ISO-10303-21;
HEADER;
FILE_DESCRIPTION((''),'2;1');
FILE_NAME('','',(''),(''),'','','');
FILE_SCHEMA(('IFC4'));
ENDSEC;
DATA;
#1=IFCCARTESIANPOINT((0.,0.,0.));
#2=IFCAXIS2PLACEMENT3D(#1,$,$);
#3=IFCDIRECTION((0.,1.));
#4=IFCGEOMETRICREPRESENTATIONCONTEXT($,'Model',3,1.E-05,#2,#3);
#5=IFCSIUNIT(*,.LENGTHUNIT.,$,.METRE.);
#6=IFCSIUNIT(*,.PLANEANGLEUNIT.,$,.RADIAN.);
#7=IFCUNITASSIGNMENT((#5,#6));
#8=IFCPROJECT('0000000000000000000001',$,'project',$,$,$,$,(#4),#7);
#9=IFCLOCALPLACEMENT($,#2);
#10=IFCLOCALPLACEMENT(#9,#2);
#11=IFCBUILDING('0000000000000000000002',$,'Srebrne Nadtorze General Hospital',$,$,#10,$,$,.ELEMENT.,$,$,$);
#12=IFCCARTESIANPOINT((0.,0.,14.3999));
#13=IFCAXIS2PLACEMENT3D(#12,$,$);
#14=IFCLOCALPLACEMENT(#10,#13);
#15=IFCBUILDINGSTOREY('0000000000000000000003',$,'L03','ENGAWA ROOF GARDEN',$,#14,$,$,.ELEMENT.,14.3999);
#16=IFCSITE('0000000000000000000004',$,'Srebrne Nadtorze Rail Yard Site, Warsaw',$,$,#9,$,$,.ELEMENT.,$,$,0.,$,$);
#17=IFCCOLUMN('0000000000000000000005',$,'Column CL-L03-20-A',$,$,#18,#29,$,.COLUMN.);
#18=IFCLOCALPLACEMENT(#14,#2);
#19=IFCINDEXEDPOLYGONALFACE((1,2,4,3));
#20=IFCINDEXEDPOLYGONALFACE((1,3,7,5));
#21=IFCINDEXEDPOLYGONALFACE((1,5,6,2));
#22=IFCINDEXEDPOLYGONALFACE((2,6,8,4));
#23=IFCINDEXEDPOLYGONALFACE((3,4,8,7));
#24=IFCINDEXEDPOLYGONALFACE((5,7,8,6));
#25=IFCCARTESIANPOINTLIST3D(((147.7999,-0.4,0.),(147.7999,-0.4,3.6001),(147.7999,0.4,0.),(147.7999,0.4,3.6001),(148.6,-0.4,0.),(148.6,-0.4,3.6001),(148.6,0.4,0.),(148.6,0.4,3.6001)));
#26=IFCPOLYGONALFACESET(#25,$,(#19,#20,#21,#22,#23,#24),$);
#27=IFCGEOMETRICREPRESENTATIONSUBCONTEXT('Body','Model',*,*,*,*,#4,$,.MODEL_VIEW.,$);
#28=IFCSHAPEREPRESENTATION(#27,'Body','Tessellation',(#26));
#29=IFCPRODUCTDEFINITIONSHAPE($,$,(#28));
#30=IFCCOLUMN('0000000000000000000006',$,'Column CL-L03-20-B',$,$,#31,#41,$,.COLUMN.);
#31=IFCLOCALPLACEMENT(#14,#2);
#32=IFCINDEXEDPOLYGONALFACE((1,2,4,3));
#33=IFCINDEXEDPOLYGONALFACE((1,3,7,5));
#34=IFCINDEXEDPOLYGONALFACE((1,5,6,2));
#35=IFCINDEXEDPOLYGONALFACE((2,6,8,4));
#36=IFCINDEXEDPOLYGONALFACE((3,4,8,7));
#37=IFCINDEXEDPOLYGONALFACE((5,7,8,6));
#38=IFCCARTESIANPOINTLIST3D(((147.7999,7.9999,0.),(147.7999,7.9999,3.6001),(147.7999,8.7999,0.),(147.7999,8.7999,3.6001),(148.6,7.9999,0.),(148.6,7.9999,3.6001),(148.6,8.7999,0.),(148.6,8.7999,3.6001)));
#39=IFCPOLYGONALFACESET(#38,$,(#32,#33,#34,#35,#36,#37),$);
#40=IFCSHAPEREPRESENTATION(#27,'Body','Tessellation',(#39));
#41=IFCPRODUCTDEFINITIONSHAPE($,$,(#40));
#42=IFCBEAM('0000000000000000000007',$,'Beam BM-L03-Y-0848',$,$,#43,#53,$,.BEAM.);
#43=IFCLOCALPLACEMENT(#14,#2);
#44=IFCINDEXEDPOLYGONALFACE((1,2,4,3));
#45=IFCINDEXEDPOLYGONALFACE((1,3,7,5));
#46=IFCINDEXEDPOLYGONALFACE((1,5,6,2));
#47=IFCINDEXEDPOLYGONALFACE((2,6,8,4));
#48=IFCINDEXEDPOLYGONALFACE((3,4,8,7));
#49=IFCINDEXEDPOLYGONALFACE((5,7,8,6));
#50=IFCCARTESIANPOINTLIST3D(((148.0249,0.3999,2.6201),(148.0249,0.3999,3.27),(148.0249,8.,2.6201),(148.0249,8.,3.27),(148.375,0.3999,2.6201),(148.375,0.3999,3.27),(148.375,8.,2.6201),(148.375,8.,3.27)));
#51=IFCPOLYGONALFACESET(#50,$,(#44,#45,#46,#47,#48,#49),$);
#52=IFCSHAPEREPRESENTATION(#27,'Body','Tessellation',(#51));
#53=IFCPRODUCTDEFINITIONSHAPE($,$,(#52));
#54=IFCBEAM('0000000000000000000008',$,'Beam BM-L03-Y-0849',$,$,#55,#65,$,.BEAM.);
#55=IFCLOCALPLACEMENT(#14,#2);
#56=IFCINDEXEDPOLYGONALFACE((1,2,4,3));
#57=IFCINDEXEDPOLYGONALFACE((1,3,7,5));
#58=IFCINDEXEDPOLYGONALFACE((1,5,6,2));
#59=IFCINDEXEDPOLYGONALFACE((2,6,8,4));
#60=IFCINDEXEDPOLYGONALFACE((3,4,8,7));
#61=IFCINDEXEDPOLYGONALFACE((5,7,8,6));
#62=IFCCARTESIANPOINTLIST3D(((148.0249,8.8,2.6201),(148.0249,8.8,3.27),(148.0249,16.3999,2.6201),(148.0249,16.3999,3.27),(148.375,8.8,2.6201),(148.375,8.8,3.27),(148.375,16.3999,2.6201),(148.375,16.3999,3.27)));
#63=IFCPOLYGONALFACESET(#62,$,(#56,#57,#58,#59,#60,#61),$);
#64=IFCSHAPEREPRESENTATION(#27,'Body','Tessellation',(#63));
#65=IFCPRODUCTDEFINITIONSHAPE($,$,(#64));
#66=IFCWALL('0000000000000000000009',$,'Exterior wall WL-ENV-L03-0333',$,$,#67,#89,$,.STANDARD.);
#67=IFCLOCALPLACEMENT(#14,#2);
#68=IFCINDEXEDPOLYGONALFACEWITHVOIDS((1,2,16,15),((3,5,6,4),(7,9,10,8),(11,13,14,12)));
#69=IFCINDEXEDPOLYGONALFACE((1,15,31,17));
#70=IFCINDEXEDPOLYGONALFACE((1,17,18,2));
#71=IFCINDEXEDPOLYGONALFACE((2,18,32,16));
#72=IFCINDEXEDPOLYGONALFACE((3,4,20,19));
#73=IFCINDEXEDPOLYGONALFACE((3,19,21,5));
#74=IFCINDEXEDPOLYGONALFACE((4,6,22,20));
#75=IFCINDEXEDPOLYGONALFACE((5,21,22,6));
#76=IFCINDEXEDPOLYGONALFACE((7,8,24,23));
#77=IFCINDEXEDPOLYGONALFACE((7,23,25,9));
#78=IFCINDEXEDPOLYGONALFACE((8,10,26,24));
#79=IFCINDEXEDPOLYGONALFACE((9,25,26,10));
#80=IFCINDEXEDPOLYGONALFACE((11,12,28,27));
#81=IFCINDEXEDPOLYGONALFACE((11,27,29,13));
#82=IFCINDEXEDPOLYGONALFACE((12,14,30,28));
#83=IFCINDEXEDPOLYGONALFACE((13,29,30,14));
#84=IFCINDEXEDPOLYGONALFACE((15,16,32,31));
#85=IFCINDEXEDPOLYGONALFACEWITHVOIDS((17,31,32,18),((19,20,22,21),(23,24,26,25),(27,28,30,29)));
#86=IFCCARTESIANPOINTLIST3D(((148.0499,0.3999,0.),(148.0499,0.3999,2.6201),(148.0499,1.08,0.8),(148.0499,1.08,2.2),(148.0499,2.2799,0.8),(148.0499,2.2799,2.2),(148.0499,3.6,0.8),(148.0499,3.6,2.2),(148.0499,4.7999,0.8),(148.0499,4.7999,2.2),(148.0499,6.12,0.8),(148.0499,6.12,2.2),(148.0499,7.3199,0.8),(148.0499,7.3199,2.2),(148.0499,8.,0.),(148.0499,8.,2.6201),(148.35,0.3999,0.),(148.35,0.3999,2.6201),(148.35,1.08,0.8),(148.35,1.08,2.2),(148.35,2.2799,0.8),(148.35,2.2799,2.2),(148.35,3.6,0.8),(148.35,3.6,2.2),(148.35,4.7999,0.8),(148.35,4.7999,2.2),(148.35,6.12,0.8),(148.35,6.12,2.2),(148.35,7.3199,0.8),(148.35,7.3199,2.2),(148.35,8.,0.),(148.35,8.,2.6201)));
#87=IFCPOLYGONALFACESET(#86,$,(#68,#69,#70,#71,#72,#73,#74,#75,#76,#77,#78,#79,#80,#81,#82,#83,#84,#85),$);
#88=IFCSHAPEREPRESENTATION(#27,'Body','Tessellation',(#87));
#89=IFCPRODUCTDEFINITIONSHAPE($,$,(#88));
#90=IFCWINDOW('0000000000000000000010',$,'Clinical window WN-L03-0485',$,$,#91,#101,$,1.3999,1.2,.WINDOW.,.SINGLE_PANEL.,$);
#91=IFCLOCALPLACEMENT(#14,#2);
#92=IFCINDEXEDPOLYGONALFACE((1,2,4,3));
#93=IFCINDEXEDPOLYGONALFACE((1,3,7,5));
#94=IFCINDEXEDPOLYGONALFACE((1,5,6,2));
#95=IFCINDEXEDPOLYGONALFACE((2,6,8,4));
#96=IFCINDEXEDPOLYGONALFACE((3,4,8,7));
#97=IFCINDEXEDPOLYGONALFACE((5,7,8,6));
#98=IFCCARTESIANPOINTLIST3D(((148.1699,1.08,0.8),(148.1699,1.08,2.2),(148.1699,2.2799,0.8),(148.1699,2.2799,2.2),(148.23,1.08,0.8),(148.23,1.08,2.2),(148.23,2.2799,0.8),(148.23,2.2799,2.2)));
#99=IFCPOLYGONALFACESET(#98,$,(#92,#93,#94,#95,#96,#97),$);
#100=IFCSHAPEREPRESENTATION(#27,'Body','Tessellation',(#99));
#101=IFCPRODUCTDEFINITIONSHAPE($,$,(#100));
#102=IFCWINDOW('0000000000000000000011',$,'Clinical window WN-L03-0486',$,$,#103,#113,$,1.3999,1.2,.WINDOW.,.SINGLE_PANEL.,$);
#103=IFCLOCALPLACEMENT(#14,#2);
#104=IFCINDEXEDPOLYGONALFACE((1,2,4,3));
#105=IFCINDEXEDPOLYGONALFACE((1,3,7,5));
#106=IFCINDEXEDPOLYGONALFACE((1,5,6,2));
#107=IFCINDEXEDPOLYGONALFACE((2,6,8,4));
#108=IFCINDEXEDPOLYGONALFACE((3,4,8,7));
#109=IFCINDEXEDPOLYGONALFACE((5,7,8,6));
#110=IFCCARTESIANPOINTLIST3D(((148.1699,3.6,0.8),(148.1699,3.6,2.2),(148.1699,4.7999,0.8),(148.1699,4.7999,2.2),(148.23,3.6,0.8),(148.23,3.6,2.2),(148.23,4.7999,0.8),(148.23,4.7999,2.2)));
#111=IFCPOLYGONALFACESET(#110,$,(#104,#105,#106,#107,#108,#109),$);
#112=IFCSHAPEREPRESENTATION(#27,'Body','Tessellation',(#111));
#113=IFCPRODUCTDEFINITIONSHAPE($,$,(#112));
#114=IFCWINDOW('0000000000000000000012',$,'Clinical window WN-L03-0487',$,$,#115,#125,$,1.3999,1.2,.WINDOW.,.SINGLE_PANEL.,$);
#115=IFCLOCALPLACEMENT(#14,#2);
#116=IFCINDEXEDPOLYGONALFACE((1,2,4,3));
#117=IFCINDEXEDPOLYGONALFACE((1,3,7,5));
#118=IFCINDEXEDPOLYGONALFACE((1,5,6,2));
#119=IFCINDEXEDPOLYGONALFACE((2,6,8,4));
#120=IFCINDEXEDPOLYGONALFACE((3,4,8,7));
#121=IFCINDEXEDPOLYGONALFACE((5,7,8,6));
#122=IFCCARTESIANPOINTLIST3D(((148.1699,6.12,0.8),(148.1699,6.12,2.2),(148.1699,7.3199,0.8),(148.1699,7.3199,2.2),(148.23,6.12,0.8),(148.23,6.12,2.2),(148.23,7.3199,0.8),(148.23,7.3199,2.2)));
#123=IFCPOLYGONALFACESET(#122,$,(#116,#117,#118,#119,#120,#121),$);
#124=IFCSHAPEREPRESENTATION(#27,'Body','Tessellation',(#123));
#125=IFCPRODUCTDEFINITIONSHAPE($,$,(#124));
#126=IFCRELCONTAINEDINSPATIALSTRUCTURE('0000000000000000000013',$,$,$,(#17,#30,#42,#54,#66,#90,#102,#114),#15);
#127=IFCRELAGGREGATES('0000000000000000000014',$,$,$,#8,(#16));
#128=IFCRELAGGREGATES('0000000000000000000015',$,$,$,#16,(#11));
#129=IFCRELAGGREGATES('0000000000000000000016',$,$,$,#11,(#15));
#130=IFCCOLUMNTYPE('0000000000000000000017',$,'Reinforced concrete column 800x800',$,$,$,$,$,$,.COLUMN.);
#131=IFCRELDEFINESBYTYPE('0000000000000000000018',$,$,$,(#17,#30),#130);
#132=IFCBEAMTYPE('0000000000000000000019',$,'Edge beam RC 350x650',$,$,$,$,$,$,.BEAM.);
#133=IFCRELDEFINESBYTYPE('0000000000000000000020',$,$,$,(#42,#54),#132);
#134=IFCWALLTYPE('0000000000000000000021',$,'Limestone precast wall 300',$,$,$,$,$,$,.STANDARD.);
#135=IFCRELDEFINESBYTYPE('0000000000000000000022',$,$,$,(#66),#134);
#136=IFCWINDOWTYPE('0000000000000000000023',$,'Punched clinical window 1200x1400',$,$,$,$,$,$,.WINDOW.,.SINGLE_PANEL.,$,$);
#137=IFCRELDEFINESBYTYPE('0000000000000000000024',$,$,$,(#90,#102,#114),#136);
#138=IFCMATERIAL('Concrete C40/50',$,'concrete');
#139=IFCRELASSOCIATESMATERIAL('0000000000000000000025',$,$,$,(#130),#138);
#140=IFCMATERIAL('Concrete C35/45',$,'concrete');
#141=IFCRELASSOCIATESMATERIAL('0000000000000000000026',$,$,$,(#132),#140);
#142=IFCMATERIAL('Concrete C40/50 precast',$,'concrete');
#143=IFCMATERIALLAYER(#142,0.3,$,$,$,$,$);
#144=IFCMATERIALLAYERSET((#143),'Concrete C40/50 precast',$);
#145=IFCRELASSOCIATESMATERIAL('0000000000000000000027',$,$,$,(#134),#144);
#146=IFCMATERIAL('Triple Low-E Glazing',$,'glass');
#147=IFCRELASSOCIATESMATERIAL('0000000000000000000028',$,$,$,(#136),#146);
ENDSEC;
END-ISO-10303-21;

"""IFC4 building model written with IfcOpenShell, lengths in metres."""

from ifc_helpers import new_model, si_unit, direction, frame, frame_2d, origin, origin_2d, place, context, subcontext, project, spatial, rectangle, extrude, material, layer, layer_set, material_profile, profile_set, type_object, element, fill, save


model = new_model("IFC4")

# Units and contexts
model_context = context("Model", 3, precision=1e-05, world=origin(), true_north=direction((0.0, 1.0)))
body_context = subcontext(model_context, "Body", "Model", "MODEL_VIEW")
ifc_project = project(units=[si_unit("LENGTHUNIT", "METRE"), si_unit("PLANEANGLEUNIT", "RADIAN")], contexts=[model_context])

# Site, building, storey
site_placement = place(None, origin())
site = spatial("IfcSite", under=ifc_project, at=site_placement, Name="Srebrne Nadtorze Rail Yard Site, Warsaw", CompositionType="ELEMENT", RefElevation=0.0)
building_placement = place(site_placement, origin())
building = spatial("IfcBuilding", under=site, at=building_placement, Name="Srebrne Nadtorze General Hospital", CompositionType="ELEMENT")
storey_placement = place(building_placement, frame((0.0, 0.0, 14.3999)))
storey = spatial("IfcBuildingStorey", under=building, at=storey_placement, Name="L03", Description="ENGAWA ROOF GARDEN", CompositionType="ELEMENT", Elevation=14.3999)

# Columns
ifc_material_1 = material(Name="Concrete C40/50", Category="concrete")
ifc_material_profile_1 = material_profile(ifc_material_1, rectangle(XDim=0.8, YDim=0.8, at=origin_2d()), Name="RC-COL-800x800")
ifc_profile_set_1 = profile_set([ifc_material_profile_1], Name="Concrete C40/50")
column_type = type_object("IfcColumnType", Name="Reinforced concrete column 800x800", PredefinedType="COLUMN", material=ifc_profile_set_1)
for number, where, z_axis, x_axis, name in (
    (1, (148.2, 0.0, 0.0), (0.0, 0.0, 1.0), (1.0, 0.0, 0.0), "Column CL-L03-20-A"),
    (2, (148.2, 8.3999, 0.0), (0.0, 0.0, 1.0), (1.0, 0.0, 0.0), "Column CL-L03-20-B"),
):
    element("IfcColumn", number, at=place(storey_placement, frame(where, z_axis=z_axis, x_axis=x_axis)), inside=storey, type_object=column_type, Name=name, PredefinedType="COLUMN", context=body_context, shape_type="SweptSolid", body=[
        extrude(rectangle(XDim=0.8, YDim=0.8, at=origin_2d()), origin(), (0.0, 0.0, 1.0), 3.6001),
    ])

# Beams
ifc_material_2 = material(Name="Concrete C35/45", Category="concrete")
ifc_material_profile_2 = material_profile(ifc_material_2, rectangle(XDim=0.3501, YDim=0.6499, at=origin_2d()), Name="RC-BM-350x650")
ifc_profile_set_2 = profile_set([ifc_material_profile_2], Name="Concrete C35/45")
beam_type = type_object("IfcBeamType", Name="Edge beam RC 350x650", PredefinedType="BEAM", material=ifc_profile_set_2)
beam_1_placement = place(storey_placement, frame((148.2, 0.3999, 2.9451), z_axis=(0.0, 1.0, 0.0), x_axis=(-1.0, 0.0, 0.0)))
element("IfcBeam", 3, at=beam_1_placement, inside=storey, type_object=beam_type, Name="Beam BM-L03-Y-0848", PredefinedType="BEAM", context=body_context, shape_type="SweptSolid", body=[
    extrude(rectangle(XDim=0.3501, YDim=0.6499, at=origin_2d()), origin(), (0.0, 0.0, 1.0), 7.6001),
])
beam_2_placement = place(storey_placement, frame((148.2, 8.8, 2.9451), z_axis=(0.0, 1.0, 0.0), x_axis=(-1.0, 0.0, 0.0)))
element("IfcBeam", 4, at=beam_2_placement, inside=storey, type_object=beam_type, Name="Beam BM-L03-Y-0849", PredefinedType="BEAM", context=body_context, shape_type="SweptSolid", body=[
    extrude(rectangle(XDim=0.3501, YDim=0.6499, at=origin_2d()), origin(), (0.0, 0.0, 1.0), 7.5999),
])

# Wall, openings, windows
ifc_material_3 = material(Name="Concrete C40/50 precast", Category="concrete")
ifc_layer_1 = layer(ifc_material_3, 0.3)
ifc_layer_set_1 = layer_set([ifc_layer_1], Name="Concrete C40/50 precast")
wall_type_1 = type_object("IfcWallType", Name="Limestone precast wall 300", PredefinedType="STANDARD", material=ifc_layer_set_1)
wall_1_placement = place(storey_placement, frame((148.2, 0.3999, 0.0), z_axis=(0.0, 0.0, 1.0), x_axis=(0.0, 1.0, 0.0)))
wall_1 = element("IfcWall", 5, at=wall_1_placement, inside=storey, type_object=wall_type_1, Name="Exterior wall WL-ENV-L03-0333", PredefinedType="STANDARD", context=body_context, shape_type="SweptSolid", body=[
    extrude(rectangle(XDim=7.6001, YDim=0.3, at=frame_2d((3.8, 0.0))), origin(), (0.0, 0.0, 1.0), 2.6201),
])
opening_1_placement = place(wall_1_placement, frame((0.6799, 0.0, 0.8)))
opening_1 = element("IfcOpeningElement", 6, at=opening_1_placement, cuts=wall_1, PredefinedType="OPENING", context=body_context, shape_type="SweptSolid", body=[
    extrude(rectangle(XDim=1.2, YDim=1.3999, at=frame_2d((0.6001, 0.7))), frame((0.0, 0.1621, 0.0), z_axis=(0.0, -1.0, 0.0), x_axis=(1.0, 0.0, 0.0)), (0.0, 0.0, 1.0), 0.324),
])
opening_2_placement = place(wall_1_placement, frame((3.2, 0.0, 0.8)))
opening_2 = element("IfcOpeningElement", 7, at=opening_2_placement, cuts=wall_1, PredefinedType="OPENING", context=body_context, shape_type="SweptSolid", body=[
    extrude(rectangle(XDim=1.2, YDim=1.3999, at=frame_2d((0.6001, 0.7))), frame((0.0, 0.1621, 0.0), z_axis=(0.0, -1.0, 0.0), x_axis=(1.0, 0.0, 0.0)), (0.0, 0.0, 1.0), 0.324),
])
opening_3_placement = place(wall_1_placement, frame((5.72, 0.0, 0.8)))
opening_3 = element("IfcOpeningElement", 8, at=opening_3_placement, cuts=wall_1, PredefinedType="OPENING", context=body_context, shape_type="SweptSolid", body=[
    extrude(rectangle(XDim=1.2, YDim=1.3999, at=frame_2d((0.6001, 0.7))), frame((0.0, 0.1621, 0.0), z_axis=(0.0, -1.0, 0.0), x_axis=(1.0, 0.0, 0.0)), (0.0, 0.0, 1.0), 0.324),
])
ifc_material_4 = material(Name="Triple Low-E Glazing", Category="glass")
window_type_1 = type_object("IfcWindowType", Name="Punched clinical window 1200x1400", PartitioningType="SINGLE_PANEL", PredefinedType="WINDOW", material=ifc_material_4)
window_1_placement = place(opening_1_placement, origin())
window_1 = element("IfcWindow", 9, at=window_1_placement, inside=storey, type_object=window_type_1, Name="Clinical window WN-L03-0485", OverallHeight=1.3999, OverallWidth=1.2, PartitioningType="SINGLE_PANEL", PredefinedType="WINDOW", context=body_context, shape_type="SweptSolid", body=[
    extrude(rectangle(XDim=1.2, YDim=1.3999, at=frame_2d((0.6001, 0.7))), frame((0.0, 0.03, 0.0), z_axis=(0.0, -1.0, 0.0), x_axis=(1.0, 0.0, 0.0)), (0.0, 0.0, 1.0), 0.0601),
])
fill(opening_1, window_1)
window_2_placement = place(opening_2_placement, origin())
window_2 = element("IfcWindow", 10, at=window_2_placement, inside=storey, type_object=window_type_1, Name="Clinical window WN-L03-0486", OverallHeight=1.3999, OverallWidth=1.2, PartitioningType="SINGLE_PANEL", PredefinedType="WINDOW", context=body_context, shape_type="SweptSolid", body=[
    extrude(rectangle(XDim=1.2, YDim=1.3999, at=frame_2d((0.6001, 0.7))), frame((0.0, 0.03, 0.0), z_axis=(0.0, -1.0, 0.0), x_axis=(1.0, 0.0, 0.0)), (0.0, 0.0, 1.0), 0.0601),
])
fill(opening_2, window_2)
window_3_placement = place(opening_3_placement, origin())
window_3 = element("IfcWindow", 11, at=window_3_placement, inside=storey, type_object=window_type_1, Name="Clinical window WN-L03-0487", OverallHeight=1.3999, OverallWidth=1.2, PartitioningType="SINGLE_PANEL", PredefinedType="WINDOW", context=body_context, shape_type="SweptSolid", body=[
    extrude(rectangle(XDim=1.2, YDim=1.3999, at=frame_2d((0.6001, 0.7))), frame((0.0, 0.03, 0.0), z_axis=(0.0, -1.0, 0.0), x_axis=(1.0, 0.0, 0.0)), (0.0, 0.0, 1.0), 0.0601),
])
fill(opening_3, window_3)

save(model, "model.ifc")
